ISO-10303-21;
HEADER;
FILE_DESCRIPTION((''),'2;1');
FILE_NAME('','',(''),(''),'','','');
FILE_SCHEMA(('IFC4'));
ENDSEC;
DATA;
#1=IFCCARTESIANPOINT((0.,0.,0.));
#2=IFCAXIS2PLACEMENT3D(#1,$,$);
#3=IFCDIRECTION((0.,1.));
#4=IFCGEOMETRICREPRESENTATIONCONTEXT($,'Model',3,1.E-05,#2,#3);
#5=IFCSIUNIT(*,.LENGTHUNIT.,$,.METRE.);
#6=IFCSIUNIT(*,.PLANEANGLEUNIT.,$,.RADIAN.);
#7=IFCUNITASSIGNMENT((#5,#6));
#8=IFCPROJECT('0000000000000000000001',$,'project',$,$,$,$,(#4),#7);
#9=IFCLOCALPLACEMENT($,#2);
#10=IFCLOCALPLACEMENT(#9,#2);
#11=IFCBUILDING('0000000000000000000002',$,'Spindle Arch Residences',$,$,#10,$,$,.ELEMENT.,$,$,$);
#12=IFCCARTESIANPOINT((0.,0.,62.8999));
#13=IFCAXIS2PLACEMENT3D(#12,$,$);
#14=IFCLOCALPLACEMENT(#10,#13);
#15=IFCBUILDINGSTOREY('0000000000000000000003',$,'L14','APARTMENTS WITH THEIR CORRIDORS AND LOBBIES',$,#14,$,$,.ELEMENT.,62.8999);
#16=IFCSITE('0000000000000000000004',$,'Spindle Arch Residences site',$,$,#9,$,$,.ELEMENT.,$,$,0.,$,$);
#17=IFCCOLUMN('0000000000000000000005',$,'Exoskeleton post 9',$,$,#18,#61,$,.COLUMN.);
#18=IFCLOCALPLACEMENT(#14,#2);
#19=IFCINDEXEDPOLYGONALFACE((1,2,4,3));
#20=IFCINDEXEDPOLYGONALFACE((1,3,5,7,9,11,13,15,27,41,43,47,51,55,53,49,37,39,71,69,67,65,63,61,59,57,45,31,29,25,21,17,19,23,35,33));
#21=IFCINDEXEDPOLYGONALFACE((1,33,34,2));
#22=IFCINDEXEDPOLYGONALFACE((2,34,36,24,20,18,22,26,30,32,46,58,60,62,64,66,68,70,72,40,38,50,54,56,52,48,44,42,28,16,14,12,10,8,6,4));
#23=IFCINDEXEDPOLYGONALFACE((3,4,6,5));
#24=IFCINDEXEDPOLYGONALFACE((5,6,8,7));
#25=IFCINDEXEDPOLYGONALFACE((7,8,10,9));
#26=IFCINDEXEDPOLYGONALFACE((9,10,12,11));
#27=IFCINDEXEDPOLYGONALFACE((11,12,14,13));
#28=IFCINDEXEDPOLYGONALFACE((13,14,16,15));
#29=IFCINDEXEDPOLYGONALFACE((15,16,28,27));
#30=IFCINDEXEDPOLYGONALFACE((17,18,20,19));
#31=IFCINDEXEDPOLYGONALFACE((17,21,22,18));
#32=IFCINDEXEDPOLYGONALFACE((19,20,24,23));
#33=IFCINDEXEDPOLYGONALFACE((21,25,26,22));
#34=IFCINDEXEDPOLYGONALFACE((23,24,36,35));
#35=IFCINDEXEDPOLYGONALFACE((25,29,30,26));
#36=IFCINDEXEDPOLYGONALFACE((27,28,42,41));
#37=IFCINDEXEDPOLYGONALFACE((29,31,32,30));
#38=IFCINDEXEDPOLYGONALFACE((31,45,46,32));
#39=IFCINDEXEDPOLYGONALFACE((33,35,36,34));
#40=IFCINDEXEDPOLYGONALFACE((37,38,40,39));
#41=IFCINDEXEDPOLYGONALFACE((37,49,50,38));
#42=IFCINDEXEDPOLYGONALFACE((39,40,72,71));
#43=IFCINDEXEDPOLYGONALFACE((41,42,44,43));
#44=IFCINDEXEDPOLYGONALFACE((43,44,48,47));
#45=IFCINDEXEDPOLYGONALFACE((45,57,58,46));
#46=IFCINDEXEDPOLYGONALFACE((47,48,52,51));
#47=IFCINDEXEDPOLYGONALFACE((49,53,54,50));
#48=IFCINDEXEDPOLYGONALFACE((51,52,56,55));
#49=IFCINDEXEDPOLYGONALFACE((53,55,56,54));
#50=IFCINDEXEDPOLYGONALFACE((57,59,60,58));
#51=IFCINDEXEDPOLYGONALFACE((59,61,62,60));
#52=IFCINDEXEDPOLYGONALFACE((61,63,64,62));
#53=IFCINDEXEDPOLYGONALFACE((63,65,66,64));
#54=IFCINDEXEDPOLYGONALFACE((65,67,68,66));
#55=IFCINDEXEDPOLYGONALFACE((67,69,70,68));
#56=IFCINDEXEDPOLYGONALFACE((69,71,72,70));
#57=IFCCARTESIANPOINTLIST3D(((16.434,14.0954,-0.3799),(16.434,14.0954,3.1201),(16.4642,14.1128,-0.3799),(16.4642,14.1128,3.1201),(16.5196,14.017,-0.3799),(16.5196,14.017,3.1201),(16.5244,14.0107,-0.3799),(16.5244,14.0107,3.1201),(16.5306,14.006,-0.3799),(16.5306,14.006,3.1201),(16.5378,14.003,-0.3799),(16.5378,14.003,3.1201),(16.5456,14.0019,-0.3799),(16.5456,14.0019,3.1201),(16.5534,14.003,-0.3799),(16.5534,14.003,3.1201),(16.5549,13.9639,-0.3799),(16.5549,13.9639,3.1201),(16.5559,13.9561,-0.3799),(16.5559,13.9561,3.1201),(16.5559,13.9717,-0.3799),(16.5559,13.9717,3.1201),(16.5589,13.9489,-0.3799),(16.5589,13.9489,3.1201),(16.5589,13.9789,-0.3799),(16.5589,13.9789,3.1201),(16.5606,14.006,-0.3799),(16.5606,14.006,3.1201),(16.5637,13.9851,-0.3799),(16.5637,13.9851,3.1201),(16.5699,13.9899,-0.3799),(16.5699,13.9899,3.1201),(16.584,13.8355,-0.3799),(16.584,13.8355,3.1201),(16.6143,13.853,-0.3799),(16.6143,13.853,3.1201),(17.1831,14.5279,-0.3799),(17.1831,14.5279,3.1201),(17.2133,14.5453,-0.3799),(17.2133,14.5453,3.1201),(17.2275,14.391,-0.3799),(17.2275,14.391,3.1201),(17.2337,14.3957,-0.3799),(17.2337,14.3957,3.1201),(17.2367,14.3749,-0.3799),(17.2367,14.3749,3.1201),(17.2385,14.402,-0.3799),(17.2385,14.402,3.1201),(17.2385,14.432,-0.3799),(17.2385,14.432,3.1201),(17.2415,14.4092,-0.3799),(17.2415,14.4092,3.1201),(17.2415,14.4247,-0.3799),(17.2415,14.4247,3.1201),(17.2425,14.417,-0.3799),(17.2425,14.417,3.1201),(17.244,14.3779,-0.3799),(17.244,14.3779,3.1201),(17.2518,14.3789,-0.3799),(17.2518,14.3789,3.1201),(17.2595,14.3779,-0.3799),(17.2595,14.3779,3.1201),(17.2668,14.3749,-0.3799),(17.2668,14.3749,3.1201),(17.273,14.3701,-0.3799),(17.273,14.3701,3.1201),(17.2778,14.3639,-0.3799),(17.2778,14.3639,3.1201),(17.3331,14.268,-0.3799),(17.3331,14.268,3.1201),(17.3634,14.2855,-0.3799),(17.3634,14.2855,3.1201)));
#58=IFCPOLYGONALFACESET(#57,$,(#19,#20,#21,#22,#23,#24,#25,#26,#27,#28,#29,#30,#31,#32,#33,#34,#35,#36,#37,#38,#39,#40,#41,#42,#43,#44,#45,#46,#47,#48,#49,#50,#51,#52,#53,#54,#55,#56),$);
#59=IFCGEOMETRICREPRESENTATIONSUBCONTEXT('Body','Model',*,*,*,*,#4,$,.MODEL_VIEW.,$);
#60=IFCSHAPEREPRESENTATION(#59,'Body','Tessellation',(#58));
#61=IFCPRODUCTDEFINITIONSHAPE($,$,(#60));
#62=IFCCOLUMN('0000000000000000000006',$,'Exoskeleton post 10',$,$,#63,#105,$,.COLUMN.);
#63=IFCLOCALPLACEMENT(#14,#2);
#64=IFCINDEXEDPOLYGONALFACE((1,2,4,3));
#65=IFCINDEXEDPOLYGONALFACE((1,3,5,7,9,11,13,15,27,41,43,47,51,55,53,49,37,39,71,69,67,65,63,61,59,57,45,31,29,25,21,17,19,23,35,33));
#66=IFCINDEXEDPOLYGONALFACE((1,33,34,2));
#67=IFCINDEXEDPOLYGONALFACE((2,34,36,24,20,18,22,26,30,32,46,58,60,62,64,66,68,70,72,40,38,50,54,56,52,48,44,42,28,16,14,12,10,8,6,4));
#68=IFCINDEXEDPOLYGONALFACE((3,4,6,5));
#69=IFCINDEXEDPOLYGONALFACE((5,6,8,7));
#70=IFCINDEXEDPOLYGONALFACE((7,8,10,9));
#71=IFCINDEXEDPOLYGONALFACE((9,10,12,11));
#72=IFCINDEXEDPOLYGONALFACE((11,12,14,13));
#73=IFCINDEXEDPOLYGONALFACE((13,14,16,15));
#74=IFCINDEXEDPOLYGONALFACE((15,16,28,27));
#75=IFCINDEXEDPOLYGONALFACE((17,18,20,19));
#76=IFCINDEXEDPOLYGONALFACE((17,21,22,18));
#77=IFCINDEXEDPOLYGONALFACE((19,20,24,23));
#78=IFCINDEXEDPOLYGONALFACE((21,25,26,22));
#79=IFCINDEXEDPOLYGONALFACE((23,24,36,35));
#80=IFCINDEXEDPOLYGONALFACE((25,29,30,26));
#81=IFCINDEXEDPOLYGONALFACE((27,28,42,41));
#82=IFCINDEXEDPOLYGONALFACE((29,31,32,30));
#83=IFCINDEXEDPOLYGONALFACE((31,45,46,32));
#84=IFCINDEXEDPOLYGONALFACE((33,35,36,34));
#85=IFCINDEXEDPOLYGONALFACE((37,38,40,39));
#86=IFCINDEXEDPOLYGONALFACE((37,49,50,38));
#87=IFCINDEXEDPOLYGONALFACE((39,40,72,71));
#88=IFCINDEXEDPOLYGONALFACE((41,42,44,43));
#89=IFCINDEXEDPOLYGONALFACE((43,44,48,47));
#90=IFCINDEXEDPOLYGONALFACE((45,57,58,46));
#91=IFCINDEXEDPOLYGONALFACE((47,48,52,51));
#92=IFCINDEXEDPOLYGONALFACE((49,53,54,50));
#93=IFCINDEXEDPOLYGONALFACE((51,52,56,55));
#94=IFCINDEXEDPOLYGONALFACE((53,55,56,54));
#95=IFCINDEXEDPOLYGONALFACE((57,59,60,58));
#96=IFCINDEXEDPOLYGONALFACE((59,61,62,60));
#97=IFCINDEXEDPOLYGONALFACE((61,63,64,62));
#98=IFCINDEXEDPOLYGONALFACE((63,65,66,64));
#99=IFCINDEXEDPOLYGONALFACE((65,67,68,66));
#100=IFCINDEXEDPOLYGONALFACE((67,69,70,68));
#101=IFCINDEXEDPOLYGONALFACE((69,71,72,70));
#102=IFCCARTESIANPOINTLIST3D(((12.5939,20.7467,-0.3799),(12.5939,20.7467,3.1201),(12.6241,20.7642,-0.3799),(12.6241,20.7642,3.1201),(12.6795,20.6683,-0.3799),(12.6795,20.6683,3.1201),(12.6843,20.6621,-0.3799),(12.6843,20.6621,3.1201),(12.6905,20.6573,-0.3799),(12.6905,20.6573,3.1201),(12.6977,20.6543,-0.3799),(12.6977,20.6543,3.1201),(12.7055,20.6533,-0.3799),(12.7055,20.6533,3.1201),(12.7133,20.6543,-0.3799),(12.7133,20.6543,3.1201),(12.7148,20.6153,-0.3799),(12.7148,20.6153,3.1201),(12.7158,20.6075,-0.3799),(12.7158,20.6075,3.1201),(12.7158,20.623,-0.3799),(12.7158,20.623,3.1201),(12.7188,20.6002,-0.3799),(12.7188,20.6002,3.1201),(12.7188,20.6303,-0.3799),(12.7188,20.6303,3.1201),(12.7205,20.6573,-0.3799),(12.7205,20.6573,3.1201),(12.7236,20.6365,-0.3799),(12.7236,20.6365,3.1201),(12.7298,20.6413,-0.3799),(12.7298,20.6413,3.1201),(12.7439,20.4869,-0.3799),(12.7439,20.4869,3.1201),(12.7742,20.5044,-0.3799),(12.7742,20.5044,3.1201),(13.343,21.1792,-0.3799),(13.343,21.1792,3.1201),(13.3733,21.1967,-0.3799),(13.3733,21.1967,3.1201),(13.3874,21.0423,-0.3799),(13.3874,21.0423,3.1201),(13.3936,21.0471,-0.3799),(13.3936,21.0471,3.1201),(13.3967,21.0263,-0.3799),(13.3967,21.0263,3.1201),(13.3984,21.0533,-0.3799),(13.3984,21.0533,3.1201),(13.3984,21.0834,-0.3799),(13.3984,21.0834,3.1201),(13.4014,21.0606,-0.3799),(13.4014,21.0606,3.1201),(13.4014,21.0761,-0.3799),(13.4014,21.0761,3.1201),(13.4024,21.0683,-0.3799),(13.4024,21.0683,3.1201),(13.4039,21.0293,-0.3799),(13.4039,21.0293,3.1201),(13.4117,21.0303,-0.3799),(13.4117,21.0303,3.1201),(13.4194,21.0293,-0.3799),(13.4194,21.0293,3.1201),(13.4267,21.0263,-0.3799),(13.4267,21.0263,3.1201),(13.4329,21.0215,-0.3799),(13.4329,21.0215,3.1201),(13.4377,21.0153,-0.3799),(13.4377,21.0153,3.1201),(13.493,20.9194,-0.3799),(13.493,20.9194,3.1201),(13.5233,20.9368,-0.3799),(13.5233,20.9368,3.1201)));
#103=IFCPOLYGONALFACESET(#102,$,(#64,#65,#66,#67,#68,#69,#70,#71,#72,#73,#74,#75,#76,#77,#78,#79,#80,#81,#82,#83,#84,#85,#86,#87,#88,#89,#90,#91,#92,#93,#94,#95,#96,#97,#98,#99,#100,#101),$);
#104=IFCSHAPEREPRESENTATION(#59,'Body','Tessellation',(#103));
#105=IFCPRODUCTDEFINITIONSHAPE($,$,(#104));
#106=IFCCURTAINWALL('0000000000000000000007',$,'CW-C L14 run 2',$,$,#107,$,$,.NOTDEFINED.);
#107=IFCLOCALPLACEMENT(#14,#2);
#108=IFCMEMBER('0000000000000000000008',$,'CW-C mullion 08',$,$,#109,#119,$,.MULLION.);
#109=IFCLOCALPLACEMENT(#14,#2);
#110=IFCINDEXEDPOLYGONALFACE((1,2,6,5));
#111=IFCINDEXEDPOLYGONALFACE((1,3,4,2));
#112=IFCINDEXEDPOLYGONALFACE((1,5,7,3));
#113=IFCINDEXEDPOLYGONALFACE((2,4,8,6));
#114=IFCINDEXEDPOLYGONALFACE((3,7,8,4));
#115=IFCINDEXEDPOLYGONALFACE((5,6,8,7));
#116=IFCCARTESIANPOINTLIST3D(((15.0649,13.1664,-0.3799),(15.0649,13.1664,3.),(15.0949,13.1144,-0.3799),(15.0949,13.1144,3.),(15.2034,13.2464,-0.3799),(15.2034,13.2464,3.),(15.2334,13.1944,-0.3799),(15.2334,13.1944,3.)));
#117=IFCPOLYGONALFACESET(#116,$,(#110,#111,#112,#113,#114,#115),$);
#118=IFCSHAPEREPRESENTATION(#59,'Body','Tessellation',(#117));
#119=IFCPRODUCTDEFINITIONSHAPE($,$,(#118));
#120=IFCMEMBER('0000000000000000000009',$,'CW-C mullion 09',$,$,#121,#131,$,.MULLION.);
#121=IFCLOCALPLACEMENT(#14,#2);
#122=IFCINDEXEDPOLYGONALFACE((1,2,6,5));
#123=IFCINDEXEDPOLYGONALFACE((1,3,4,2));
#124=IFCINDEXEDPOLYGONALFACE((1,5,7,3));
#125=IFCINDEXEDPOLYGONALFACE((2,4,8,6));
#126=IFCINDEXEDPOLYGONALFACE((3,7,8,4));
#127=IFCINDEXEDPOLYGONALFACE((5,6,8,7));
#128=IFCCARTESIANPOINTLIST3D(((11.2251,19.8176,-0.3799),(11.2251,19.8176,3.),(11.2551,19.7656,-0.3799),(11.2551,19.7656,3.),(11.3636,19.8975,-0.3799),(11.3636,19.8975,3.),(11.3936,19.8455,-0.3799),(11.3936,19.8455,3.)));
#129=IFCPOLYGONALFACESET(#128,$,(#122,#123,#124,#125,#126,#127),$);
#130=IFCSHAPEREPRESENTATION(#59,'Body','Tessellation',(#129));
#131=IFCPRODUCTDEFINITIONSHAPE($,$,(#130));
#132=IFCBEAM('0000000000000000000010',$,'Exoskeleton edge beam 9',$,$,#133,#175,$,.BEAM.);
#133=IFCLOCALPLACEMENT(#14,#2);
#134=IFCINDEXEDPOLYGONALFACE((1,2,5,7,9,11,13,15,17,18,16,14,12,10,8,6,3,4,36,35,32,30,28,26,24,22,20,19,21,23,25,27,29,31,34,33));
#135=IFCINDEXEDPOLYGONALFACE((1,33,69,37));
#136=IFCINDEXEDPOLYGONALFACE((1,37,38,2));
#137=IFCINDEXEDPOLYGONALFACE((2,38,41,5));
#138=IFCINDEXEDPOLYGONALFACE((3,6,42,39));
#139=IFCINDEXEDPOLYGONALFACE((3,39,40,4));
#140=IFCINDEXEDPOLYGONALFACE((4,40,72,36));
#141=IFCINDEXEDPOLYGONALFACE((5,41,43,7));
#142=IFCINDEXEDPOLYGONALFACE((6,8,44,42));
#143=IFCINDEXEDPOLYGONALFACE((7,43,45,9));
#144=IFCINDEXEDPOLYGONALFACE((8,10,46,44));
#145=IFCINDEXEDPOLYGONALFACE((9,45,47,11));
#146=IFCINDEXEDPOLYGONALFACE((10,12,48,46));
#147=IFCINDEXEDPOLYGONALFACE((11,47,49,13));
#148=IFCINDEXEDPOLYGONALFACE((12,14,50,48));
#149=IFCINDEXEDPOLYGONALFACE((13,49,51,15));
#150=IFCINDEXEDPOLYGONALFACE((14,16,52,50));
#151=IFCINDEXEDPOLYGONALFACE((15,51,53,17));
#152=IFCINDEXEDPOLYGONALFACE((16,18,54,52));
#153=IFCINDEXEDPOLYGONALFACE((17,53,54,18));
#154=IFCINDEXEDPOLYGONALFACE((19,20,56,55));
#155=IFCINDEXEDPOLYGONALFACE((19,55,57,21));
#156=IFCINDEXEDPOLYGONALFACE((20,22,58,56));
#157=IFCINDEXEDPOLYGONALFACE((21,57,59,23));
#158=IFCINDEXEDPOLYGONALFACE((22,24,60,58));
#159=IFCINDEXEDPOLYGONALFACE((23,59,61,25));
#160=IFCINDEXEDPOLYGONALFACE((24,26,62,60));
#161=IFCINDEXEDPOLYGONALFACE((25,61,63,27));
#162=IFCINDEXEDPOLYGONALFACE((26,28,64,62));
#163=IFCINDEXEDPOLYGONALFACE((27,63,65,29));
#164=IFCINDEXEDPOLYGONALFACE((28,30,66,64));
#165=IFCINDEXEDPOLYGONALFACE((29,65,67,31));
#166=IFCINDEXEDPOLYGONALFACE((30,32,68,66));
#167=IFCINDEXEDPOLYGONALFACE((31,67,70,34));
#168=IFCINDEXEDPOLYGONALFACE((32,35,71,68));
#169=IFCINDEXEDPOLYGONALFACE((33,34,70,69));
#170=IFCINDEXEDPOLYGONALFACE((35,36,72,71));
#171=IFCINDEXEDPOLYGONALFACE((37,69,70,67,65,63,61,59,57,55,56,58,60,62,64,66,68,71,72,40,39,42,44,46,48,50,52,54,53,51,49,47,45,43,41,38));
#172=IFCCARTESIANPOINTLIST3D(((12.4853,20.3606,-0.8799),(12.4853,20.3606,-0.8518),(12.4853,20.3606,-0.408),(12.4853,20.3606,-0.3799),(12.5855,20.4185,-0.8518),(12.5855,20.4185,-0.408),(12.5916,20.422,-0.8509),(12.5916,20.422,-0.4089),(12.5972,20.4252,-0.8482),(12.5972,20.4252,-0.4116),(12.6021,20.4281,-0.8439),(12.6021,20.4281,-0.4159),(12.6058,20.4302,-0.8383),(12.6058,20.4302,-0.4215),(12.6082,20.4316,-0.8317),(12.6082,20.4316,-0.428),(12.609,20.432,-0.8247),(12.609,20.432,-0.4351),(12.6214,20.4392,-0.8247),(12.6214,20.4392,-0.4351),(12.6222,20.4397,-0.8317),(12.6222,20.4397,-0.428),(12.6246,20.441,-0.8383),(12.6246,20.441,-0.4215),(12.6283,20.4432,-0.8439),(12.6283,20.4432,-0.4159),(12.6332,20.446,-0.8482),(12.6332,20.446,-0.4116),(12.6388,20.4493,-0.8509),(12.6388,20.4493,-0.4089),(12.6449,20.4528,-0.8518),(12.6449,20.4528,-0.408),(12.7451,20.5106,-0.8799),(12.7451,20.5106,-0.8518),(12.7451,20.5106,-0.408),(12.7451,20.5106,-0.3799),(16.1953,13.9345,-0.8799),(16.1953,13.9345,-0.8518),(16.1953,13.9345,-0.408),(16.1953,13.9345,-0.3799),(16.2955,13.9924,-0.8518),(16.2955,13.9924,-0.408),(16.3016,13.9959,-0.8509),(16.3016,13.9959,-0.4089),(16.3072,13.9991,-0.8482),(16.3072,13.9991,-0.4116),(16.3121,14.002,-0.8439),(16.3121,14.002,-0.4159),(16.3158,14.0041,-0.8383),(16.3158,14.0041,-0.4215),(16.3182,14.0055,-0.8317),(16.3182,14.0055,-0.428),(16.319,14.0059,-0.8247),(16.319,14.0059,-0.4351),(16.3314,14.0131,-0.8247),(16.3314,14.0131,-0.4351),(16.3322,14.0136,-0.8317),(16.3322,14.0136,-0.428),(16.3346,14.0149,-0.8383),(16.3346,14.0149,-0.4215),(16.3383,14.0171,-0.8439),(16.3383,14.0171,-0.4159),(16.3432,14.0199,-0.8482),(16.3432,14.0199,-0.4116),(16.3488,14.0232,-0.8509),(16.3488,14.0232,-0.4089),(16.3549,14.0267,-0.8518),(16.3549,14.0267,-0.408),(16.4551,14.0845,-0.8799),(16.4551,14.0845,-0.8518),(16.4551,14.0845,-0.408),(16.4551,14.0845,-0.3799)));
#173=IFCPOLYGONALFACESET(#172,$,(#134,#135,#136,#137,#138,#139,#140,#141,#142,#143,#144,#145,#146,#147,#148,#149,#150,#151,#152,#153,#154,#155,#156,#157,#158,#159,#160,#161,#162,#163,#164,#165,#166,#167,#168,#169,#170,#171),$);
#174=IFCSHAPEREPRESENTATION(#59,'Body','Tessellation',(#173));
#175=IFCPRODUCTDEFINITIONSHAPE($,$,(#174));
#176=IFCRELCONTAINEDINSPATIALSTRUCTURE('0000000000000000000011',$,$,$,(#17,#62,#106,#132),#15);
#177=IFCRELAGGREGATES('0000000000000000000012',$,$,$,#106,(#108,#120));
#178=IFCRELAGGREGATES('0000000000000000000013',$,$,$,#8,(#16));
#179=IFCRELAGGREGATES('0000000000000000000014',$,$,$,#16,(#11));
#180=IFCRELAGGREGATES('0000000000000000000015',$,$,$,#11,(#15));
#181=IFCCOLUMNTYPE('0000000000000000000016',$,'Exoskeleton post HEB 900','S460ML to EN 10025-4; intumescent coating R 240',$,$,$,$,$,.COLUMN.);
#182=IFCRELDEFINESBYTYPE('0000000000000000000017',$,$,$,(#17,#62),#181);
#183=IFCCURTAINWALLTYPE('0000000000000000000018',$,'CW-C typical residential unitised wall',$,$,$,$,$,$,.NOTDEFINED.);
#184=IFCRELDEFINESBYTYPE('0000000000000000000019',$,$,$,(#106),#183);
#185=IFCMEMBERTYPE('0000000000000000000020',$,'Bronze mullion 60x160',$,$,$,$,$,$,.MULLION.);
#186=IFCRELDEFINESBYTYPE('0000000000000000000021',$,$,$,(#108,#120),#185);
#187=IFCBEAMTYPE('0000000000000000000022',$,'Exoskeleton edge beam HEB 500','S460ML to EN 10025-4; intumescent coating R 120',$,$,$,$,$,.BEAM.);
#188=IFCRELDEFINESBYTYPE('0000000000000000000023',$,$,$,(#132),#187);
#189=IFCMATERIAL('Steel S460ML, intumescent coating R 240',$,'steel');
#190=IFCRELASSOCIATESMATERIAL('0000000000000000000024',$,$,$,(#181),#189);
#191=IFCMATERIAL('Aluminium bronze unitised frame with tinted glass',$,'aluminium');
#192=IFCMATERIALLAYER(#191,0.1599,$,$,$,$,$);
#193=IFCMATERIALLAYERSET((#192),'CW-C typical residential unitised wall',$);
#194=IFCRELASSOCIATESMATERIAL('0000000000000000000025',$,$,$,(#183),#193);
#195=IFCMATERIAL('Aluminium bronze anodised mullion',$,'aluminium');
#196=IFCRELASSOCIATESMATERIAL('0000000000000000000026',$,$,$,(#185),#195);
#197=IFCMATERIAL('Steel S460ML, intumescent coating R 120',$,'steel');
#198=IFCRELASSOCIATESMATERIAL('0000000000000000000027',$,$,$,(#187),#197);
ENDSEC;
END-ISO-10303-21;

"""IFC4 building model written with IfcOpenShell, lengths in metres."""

from ifc_helpers import new_model, si_unit, direction, frame, origin, origin_2d, place, context, subcontext, project, spatial, rectangle, i_section, extrude, material, layer, layer_set, material_profile, profile_set, type_object, element, aggregate, save


model = new_model("IFC4")

# Units and contexts
model_context = context("Model", 3, precision=1e-05, world=origin(), true_north=direction((0.0, 1.0)))
body_context = subcontext(model_context, "Body", "Model", "MODEL_VIEW")
ifc_project = project(units=[si_unit("LENGTHUNIT", "METRE"), si_unit("PLANEANGLEUNIT", "RADIAN")], contexts=[model_context])

# Site, building, storey
site_placement = place(None, origin())
site = spatial("IfcSite", under=ifc_project, at=site_placement, Name="Spindle Arch Residences site", CompositionType="ELEMENT", RefElevation=0.0)
building_placement = place(site_placement, origin())
building = spatial("IfcBuilding", under=site, at=building_placement, Name="Spindle Arch Residences", CompositionType="ELEMENT")
storey_placement = place(building_placement, frame((0.0, 0.0, 62.8999)))
storey = spatial("IfcBuildingStorey", under=building, at=storey_placement, Name="L14", Description="APARTMENTS WITH THEIR CORRIDORS AND LOBBIES", CompositionType="ELEMENT", Elevation=62.8999)

# Columns
ifc_material_1 = material(Name="Steel S460ML, intumescent coating R 240", Category="steel")
ifc_material_profile_1 = material_profile(ifc_material_1, i_section(OverallWidth=0.3, OverallDepth=0.8999, WebThickness=0.0186, FlangeThickness=0.0349, FilletRadius=0.03, at=origin_2d()), Name="HEB 900")
ifc_profile_set_1 = profile_set([ifc_material_profile_1], Name="Steel S460ML, intumescent coating R 240")
column_type = type_object("IfcColumnType", Name="Exoskeleton post HEB 900", Description="S460ML to EN 10025-4; intumescent coating R 240", PredefinedType="COLUMN", material=ifc_profile_set_1)
for number, where, z_axis, x_axis, name in (
    (1, (16.8987, 14.1904, -0.3799), (0.0, 0.0, 1.0), (0.5, -0.866025, 0.0), "Exoskeleton post 9"),
    (2, (13.0586, 20.8418, -0.3799), (0.0, 0.0, 1.0), (0.5, -0.866025, 0.0), "Exoskeleton post 10"),
):
    element("IfcColumn", number, at=place(storey_placement, frame(where, z_axis=z_axis, x_axis=x_axis)), inside=storey, type_object=column_type, Name=name, PredefinedType="COLUMN", context=body_context, shape_type="SweptSolid", body=[
        extrude(i_section(OverallWidth=0.3, OverallDepth=0.8999, WebThickness=0.0186, FlangeThickness=0.0349, FilletRadius=0.03, at=origin_2d()), origin(), (0.0, 0.0, 1.0), 3.5),
    ])

# Curtain wall, members
ifc_material_2 = material(Name="Aluminium bronze unitised frame with tinted glass", Category="aluminium")
ifc_layer_1 = layer(ifc_material_2, 0.1599)
ifc_layer_set_1 = layer_set([ifc_layer_1], Name="CW-C typical residential unitised wall")
curtain_wall_type = type_object("IfcCurtainWallType", Name="CW-C typical residential unitised wall", PredefinedType="NOTDEFINED", material=ifc_layer_set_1)
curtain_wall_placement = place(storey_placement, origin())
curtain_wall = element("IfcCurtainWall", 3, at=curtain_wall_placement, inside=storey, type_object=curtain_wall_type, Name="CW-C L14 run 2", PredefinedType="NOTDEFINED")
ifc_material_3 = material(Name="Aluminium bronze anodised mullion", Category="aluminium")
ifc_material_profile_2 = material_profile(ifc_material_3, rectangle(XDim=0.1599, YDim=0.0601, at=origin_2d()), Name="MU 60x160")
ifc_profile_set_2 = profile_set([ifc_material_profile_2], Name="Aluminium bronze anodised mullion")
member_type = type_object("IfcMemberType", Name="Bronze mullion 60x160", PredefinedType="MULLION", material=ifc_profile_set_2)
member_1_placement = place(storey_placement, frame((15.1492, 13.1804, -0.3799), z_axis=(0.0, 0.0, 1.0), x_axis=(-0.866025, -0.5, 0.0)))
member_1 = element("IfcMember", 4, at=member_1_placement, type_object=member_type, Name="CW-C mullion 08", PredefinedType="MULLION", context=body_context, shape_type="SweptSolid", body=[
    extrude(rectangle(XDim=0.1599, YDim=0.0601, at=origin_2d()), origin(), (0.0, 0.0, 1.0), 3.3799),
])
member_2_placement = place(storey_placement, frame((11.3093, 19.8315, -0.3799), z_axis=(0.0, 0.0, 1.0), x_axis=(-0.866025, -0.5, 0.0)))
member_2 = element("IfcMember", 5, at=member_2_placement, type_object=member_type, Name="CW-C mullion 09", PredefinedType="MULLION", context=body_context, shape_type="SweptSolid", body=[
    extrude(rectangle(XDim=0.1599, YDim=0.0601, at=origin_2d()), origin(), (0.0, 0.0, 1.0), 3.3799),
])

# Beam
ifc_material_4 = material(Name="Steel S460ML, intumescent coating R 120", Category="steel")
ifc_material_profile_3 = material_profile(ifc_material_4, i_section(OverallWidth=0.3, OverallDepth=0.5, WebThickness=0.0144, FlangeThickness=0.0281, FilletRadius=0.0271, at=origin_2d()), Name="HEB 500")
ifc_profile_set_3 = profile_set([ifc_material_profile_3], Name="Steel S460ML, intumescent coating R 120")
beam_type_1 = type_object("IfcBeamType", Name="Exoskeleton edge beam HEB 500", Description="S460ML to EN 10025-4; intumescent coating R 120", PredefinedType="BEAM", material=ifc_profile_set_3)
beam_1_placement = place(storey_placement, frame((16.3252, 14.0095, -0.6299), z_axis=(-0.499989, 0.866032, 0.0), x_axis=(-0.866032, -0.499989, 0.0)))
element("IfcBeam", 6, at=beam_1_placement, inside=storey, type_object=beam_type_1, Name="Exoskeleton edge beam 9", PredefinedType="BEAM", context=body_context, shape_type="SweptSolid", body=[
    extrude(i_section(OverallWidth=0.3, OverallDepth=0.5, WebThickness=0.0144, FlangeThickness=0.0281, FilletRadius=0.0271, at=origin_2d()), origin(), (0.0, 0.0, 1.0), 7.4202),
])

aggregate(curtain_wall, [member_1, member_2])

save(model, "model.ifc")
